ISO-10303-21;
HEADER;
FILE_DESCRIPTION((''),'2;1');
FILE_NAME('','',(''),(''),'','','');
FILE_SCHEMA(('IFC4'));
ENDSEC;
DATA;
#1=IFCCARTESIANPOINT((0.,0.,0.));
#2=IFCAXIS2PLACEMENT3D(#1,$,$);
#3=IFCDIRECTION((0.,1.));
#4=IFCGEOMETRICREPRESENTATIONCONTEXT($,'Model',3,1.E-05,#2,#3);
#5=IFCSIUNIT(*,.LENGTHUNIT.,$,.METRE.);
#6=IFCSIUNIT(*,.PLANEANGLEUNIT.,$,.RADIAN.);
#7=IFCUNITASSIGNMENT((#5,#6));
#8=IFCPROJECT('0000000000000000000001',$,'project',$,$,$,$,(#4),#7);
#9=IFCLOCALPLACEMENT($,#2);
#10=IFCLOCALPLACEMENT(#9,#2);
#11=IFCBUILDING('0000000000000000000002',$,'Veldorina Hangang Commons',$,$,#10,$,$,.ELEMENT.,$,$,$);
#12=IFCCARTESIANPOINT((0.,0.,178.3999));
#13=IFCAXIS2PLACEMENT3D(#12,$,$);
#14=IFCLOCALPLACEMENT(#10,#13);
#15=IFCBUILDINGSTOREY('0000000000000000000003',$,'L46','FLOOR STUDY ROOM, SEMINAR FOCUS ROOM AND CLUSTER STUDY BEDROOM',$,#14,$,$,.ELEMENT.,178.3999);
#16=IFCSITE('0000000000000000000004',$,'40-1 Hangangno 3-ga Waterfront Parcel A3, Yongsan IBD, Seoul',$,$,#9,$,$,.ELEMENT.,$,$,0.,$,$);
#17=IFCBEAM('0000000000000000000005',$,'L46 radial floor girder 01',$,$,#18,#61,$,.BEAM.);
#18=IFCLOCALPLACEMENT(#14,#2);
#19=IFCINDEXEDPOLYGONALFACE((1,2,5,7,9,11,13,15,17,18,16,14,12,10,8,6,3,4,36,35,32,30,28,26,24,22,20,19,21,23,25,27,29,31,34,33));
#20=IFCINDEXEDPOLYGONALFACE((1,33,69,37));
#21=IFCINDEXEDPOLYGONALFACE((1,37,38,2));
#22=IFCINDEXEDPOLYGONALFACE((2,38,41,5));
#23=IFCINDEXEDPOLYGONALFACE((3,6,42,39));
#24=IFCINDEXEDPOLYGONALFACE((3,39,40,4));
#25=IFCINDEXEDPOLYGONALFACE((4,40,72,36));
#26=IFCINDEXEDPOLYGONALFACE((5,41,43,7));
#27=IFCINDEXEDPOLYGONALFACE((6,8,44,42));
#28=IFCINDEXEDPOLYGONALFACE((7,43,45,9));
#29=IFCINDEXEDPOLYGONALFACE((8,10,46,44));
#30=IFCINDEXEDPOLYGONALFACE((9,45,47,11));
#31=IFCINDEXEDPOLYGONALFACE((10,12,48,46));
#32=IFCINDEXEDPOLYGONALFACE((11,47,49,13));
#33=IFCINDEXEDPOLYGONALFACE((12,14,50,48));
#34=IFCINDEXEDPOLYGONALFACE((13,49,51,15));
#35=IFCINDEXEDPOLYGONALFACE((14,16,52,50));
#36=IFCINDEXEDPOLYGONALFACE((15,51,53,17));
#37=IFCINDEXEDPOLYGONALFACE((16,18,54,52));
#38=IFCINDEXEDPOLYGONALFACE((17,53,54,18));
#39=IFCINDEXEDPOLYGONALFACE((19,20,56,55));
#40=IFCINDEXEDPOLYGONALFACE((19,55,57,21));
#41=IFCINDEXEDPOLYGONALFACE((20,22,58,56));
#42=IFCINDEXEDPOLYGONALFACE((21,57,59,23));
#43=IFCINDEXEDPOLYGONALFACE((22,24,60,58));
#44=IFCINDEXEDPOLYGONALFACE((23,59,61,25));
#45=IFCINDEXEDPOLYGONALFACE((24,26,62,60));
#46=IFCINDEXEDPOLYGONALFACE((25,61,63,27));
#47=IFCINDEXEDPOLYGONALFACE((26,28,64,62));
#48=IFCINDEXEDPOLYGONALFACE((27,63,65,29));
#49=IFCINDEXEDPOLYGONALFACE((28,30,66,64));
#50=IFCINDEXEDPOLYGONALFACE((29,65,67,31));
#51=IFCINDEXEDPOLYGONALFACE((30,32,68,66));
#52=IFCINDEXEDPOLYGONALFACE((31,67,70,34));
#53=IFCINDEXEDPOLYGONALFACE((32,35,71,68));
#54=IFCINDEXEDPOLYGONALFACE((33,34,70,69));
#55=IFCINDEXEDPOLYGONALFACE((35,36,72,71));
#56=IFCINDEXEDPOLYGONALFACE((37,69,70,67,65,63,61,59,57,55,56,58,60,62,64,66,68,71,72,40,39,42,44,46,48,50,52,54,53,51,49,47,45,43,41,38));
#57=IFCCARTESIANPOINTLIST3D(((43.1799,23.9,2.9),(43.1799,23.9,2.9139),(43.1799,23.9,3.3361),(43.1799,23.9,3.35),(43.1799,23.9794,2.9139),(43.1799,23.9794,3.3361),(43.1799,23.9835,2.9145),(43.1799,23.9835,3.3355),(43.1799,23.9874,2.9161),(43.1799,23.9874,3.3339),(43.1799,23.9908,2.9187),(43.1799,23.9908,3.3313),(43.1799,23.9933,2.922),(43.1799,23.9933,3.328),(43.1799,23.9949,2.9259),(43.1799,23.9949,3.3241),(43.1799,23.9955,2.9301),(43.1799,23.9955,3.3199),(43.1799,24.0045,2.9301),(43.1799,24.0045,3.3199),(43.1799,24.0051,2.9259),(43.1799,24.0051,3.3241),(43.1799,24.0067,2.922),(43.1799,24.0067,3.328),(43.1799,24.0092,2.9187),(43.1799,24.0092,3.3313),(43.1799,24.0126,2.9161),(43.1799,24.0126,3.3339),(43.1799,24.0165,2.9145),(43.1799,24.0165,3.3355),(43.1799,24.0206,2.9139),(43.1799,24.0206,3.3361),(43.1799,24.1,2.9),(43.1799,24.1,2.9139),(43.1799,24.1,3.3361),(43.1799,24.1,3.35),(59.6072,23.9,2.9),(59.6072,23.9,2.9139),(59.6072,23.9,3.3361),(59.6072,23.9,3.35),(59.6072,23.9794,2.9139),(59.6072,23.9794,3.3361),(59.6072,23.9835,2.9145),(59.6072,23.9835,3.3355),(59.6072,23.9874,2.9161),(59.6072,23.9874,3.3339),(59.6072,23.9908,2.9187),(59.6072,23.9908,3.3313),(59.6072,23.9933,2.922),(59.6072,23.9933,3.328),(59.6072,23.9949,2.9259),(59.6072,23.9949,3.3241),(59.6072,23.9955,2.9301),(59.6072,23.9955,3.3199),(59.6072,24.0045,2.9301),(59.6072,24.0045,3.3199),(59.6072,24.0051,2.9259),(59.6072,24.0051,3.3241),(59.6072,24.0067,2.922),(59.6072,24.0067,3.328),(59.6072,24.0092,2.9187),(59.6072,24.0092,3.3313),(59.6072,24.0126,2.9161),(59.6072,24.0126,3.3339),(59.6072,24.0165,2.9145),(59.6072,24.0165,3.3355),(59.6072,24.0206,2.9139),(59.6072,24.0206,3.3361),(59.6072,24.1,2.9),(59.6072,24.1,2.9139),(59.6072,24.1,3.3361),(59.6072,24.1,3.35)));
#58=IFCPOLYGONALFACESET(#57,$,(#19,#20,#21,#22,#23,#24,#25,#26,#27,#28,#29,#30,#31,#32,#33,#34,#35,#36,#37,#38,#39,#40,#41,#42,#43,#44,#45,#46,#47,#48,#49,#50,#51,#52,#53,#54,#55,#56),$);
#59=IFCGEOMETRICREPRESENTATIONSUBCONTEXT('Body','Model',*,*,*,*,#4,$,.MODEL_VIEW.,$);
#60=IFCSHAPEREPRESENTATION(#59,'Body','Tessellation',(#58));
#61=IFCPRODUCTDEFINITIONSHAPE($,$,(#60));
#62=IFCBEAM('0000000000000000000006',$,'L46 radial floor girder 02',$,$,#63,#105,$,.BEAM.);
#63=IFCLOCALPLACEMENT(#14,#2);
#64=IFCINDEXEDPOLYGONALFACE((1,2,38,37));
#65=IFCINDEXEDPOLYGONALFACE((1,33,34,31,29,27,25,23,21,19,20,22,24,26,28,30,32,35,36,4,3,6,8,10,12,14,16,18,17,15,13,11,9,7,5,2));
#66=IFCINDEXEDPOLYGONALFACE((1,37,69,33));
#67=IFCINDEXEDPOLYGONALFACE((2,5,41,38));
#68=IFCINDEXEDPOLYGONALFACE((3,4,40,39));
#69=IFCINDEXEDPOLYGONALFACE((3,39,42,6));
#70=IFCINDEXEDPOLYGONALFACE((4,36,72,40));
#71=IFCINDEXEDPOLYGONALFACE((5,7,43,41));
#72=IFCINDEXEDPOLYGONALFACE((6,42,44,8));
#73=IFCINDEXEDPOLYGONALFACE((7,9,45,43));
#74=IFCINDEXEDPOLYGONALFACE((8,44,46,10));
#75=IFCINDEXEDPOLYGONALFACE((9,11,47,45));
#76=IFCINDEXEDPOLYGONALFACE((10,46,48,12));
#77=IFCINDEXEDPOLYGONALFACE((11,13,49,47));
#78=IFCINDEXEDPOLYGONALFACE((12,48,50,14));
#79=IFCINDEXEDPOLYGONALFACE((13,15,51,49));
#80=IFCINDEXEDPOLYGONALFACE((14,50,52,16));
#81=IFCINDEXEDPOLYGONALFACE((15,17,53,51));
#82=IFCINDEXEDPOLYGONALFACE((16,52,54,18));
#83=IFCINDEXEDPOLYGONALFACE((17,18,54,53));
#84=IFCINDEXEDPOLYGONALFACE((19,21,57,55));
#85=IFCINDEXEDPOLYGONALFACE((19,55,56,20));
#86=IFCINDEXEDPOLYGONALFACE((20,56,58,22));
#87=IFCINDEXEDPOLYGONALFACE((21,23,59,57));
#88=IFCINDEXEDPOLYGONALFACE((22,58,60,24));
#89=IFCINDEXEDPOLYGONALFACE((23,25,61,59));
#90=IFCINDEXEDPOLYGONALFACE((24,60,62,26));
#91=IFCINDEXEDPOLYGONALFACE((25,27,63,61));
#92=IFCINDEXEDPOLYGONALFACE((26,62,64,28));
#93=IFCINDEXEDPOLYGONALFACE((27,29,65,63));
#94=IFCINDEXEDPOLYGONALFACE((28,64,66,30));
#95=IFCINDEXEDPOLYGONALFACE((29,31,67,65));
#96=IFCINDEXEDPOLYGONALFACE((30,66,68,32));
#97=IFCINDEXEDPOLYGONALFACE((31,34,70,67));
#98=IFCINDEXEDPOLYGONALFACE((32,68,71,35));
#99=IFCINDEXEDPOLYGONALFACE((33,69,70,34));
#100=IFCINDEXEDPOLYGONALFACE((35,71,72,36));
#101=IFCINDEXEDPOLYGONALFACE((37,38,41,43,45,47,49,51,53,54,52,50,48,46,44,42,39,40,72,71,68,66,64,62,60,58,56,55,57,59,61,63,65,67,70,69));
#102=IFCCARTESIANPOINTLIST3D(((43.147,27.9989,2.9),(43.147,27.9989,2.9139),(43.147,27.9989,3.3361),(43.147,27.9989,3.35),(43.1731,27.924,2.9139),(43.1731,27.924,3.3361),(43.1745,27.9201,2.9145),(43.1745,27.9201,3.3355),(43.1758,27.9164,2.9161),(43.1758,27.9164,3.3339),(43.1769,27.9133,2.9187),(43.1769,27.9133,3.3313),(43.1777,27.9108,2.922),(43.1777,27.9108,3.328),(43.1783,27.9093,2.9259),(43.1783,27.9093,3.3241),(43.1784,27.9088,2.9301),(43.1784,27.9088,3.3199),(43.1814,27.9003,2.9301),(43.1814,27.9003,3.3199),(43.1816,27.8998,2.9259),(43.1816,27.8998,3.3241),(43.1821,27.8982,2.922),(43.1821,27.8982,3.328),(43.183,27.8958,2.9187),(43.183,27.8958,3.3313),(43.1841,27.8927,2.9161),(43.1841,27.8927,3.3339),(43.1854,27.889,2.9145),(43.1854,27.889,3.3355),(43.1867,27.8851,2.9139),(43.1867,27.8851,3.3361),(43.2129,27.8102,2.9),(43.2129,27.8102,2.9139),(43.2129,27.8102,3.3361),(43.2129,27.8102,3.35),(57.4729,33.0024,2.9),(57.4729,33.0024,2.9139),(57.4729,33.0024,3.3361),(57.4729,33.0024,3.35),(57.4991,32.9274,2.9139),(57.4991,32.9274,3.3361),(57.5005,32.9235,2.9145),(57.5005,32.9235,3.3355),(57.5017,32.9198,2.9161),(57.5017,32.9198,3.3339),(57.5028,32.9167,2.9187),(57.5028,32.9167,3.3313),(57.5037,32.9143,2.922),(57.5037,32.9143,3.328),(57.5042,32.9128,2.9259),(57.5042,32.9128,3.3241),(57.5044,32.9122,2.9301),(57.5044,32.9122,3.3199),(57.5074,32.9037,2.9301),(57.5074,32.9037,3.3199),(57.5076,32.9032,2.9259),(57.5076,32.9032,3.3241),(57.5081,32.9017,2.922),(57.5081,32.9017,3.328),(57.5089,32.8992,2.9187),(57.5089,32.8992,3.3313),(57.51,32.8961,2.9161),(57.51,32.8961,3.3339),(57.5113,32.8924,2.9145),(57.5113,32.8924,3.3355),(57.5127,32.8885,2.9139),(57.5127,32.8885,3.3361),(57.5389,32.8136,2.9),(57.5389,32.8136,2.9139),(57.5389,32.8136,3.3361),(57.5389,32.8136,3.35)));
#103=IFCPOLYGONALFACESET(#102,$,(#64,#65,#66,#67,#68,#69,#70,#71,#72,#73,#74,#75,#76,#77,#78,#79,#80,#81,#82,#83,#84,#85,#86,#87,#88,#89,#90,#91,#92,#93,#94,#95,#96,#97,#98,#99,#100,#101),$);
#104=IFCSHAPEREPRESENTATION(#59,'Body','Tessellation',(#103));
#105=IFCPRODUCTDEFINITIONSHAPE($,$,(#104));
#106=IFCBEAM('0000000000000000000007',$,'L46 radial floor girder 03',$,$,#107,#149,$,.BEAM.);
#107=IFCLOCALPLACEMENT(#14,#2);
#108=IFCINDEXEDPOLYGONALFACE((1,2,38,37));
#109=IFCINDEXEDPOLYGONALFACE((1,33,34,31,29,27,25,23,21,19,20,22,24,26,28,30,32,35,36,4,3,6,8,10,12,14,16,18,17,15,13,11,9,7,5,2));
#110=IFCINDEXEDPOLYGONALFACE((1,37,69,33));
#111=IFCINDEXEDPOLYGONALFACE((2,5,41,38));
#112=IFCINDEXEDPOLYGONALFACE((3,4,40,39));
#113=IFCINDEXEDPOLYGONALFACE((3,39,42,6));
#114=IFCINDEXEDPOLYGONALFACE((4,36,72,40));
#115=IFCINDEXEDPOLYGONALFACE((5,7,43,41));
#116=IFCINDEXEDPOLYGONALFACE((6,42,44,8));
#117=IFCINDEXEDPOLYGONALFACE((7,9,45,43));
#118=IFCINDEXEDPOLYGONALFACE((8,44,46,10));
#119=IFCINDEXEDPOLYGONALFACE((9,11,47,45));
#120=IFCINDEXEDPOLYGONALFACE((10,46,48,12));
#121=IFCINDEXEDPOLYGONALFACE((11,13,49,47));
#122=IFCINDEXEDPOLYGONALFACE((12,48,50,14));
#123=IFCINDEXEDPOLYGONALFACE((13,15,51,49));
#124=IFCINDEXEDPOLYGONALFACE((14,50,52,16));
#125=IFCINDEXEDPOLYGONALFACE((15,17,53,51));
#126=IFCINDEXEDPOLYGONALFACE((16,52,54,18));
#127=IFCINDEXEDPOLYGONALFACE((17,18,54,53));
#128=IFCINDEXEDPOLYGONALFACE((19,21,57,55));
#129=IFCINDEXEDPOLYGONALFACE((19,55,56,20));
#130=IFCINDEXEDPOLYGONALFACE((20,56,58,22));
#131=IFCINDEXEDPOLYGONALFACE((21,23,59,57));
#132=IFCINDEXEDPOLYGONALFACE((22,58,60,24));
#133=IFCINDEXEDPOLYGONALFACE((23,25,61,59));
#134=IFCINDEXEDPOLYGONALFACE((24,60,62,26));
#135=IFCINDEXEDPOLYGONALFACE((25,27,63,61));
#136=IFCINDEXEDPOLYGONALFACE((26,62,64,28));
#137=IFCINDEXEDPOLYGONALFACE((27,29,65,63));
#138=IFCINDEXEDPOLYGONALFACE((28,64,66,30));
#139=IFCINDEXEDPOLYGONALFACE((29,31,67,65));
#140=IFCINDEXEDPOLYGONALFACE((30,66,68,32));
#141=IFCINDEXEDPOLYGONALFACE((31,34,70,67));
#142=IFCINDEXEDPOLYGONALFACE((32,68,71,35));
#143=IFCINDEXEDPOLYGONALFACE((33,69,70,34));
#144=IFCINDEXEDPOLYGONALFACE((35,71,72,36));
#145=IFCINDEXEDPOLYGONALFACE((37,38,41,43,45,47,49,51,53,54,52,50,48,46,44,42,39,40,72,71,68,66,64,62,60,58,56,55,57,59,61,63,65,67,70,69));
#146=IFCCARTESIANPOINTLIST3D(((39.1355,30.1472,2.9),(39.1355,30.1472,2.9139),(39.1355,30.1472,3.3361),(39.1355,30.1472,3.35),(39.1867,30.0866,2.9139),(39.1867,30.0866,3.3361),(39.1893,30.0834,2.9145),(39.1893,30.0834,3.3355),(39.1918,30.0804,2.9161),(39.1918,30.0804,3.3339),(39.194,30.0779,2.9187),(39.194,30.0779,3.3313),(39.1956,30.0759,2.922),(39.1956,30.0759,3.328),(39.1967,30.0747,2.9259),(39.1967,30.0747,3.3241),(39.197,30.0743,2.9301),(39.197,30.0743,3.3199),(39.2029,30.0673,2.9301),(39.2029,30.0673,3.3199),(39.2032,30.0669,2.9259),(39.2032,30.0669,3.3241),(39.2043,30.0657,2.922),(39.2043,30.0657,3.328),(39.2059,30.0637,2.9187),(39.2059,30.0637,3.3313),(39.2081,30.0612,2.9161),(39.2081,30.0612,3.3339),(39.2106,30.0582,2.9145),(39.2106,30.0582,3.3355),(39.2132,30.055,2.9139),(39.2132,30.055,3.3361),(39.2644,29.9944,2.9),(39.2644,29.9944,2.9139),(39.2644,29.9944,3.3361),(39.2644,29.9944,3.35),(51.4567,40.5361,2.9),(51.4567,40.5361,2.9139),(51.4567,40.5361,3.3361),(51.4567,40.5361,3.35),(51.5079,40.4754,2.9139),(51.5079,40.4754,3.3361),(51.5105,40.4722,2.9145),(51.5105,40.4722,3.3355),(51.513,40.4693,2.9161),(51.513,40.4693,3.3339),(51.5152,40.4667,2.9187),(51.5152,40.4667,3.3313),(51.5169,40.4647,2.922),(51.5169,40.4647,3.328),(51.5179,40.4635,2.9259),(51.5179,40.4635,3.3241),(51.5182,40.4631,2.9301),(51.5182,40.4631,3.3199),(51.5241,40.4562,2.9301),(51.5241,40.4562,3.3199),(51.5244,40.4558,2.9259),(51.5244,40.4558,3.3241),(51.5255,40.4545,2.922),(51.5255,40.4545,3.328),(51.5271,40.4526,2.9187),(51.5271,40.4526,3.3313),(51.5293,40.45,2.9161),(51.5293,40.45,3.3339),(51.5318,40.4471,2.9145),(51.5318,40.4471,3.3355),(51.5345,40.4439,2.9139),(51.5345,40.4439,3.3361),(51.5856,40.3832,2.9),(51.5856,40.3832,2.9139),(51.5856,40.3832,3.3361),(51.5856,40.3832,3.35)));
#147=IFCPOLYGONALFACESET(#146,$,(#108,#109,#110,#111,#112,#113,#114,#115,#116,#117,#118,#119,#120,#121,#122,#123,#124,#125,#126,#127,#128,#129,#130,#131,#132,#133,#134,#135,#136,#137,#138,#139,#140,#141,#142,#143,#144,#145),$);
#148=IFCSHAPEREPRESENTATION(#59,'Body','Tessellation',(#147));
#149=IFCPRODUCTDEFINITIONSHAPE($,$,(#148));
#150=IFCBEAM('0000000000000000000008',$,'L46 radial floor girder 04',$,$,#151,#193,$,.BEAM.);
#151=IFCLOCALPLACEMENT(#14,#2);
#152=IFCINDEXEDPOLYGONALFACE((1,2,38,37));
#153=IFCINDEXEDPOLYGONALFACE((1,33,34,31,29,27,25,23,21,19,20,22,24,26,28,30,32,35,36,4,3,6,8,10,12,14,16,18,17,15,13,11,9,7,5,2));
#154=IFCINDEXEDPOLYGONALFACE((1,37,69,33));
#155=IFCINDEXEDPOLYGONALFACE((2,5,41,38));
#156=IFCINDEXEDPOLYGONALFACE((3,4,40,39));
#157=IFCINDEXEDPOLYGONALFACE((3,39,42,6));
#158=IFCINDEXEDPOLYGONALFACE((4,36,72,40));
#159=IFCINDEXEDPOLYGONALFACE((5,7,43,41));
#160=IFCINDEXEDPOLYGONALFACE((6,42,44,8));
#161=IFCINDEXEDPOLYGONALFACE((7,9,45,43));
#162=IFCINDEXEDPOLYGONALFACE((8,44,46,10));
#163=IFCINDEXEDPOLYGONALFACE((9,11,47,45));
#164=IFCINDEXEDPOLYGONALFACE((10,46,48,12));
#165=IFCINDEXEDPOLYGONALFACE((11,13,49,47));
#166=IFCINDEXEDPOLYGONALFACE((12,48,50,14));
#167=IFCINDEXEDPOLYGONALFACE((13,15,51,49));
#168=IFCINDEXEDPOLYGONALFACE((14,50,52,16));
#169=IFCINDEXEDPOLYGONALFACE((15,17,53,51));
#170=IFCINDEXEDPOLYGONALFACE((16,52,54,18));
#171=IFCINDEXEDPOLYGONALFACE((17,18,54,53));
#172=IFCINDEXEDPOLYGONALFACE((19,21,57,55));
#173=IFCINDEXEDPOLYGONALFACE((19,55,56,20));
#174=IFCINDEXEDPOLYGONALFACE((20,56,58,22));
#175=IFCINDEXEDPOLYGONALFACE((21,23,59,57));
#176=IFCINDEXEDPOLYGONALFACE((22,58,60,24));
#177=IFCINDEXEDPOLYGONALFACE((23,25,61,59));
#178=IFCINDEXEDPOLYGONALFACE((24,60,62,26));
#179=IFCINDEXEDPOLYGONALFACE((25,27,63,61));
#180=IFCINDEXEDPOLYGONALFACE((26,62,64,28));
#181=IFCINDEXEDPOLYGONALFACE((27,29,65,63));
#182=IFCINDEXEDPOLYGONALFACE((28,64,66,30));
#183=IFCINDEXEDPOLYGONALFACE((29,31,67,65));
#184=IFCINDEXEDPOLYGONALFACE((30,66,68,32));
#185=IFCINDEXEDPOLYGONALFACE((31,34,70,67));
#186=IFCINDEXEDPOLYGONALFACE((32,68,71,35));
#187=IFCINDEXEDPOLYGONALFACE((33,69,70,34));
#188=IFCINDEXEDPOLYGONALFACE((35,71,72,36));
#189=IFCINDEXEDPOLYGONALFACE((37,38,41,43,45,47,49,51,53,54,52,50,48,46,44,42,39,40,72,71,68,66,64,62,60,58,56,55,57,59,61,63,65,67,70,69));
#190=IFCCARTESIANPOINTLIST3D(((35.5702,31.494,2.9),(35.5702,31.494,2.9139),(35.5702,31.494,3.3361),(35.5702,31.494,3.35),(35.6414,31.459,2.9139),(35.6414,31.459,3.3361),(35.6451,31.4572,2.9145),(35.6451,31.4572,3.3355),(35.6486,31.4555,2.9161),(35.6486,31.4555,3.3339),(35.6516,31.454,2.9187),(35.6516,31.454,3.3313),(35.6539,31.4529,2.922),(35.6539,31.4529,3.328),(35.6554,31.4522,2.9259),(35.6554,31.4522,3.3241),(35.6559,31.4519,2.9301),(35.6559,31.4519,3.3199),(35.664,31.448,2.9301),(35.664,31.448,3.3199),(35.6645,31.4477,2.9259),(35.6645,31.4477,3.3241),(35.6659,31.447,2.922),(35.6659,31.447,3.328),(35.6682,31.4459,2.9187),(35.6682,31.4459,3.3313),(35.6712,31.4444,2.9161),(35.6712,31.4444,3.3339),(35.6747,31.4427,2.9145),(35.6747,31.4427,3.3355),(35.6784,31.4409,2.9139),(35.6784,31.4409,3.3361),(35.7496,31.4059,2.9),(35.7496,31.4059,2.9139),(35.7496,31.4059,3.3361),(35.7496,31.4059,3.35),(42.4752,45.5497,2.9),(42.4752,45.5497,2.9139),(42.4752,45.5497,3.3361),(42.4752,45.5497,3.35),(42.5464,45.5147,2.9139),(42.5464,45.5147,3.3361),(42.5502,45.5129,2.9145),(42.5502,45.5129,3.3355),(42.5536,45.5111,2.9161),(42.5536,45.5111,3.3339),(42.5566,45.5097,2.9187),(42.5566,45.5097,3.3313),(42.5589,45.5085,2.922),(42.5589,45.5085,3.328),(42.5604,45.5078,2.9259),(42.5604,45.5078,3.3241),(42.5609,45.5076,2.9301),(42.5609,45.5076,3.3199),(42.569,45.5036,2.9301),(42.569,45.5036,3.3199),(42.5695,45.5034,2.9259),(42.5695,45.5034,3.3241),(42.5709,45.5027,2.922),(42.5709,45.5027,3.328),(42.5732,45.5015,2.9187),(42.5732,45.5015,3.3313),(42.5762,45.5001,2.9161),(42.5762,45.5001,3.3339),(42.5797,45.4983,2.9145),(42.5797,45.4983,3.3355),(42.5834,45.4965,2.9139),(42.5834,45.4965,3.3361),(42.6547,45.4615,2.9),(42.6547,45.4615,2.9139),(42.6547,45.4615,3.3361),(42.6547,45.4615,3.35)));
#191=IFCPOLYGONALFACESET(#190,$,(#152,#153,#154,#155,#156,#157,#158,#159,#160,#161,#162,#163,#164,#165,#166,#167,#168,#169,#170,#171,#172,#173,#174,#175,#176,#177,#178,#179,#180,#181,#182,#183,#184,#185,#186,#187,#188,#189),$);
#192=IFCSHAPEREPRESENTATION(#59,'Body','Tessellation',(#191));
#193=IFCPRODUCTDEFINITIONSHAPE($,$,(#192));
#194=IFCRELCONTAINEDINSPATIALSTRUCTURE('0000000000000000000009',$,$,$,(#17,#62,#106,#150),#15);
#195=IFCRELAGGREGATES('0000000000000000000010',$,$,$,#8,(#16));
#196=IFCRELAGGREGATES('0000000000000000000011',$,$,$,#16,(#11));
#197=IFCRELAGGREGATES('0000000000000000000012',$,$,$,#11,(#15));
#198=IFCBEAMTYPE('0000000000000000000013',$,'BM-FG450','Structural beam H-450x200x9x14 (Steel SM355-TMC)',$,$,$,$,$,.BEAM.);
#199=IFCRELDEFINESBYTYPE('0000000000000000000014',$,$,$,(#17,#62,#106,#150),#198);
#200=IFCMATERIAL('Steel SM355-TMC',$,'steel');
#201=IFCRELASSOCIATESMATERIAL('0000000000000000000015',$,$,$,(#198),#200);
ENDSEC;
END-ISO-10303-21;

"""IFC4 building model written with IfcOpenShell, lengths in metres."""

from ifc_helpers import new_model, si_unit, direction, frame, origin, origin_2d, place, context, subcontext, project, spatial, i_section, extrude, material, material_profile, profile_set, type_object, element, save


model = new_model("IFC4")

# Units and contexts
model_context = context("Model", 3, precision=1e-05, world=origin(), true_north=direction((0.0, 1.0)))
body_context = subcontext(model_context, "Body", "Model", "MODEL_VIEW")
ifc_project = project(units=[si_unit("LENGTHUNIT", "METRE"), si_unit("PLANEANGLEUNIT", "RADIAN")], contexts=[model_context])

# Site, building, storey
site_placement = place(None, origin())
site = spatial("IfcSite", under=ifc_project, at=site_placement, Name="40-1 Hangangno 3-ga Waterfront Parcel A3, Yongsan IBD, Seoul", CompositionType="ELEMENT", RefElevation=0.0)
building_placement = place(site_placement, origin())
building = spatial("IfcBuilding", under=site, at=building_placement, Name="Veldorina Hangang Commons", CompositionType="ELEMENT")
storey_placement = place(building_placement, frame((0.0, 0.0, 178.3999)))
storey = spatial("IfcBuildingStorey", under=building, at=storey_placement, Name="L46", Description="FLOOR STUDY ROOM, SEMINAR FOCUS ROOM AND CLUSTER STUDY BEDROOM", CompositionType="ELEMENT", Elevation=178.3999)

# Beams
ifc_material_1 = material(Name="Steel SM355-TMC", Category="steel")
ifc_material_profile = material_profile(ifc_material_1, i_section(OverallWidth=0.2, OverallDepth=0.45, WebThickness=0.009, FlangeThickness=0.0139, FilletRadius=0.0161, at=origin_2d()), Name="H-450x200x9x14")
ifc_profile_set = profile_set([ifc_material_profile], Name="Steel SM355-TMC")
beam_type = type_object("IfcBeamType", Name="BM-FG450", Description="Structural beam H-450x200x9x14 (Steel SM355-TMC)", PredefinedType="BEAM", material=ifc_profile_set)
beam_1_placement = place(storey_placement, frame((43.1799, 24.0, 3.125), z_axis=(1.0, 0.0, 0.0), x_axis=(0.0, 1.0, 0.0)))
element("IfcBeam", 1, at=beam_1_placement, inside=storey, type_object=beam_type, Name="L46 radial floor girder 01", PredefinedType="BEAM", context=body_context, shape_type="SweptSolid", body=[
    extrude(i_section(OverallWidth=0.2, OverallDepth=0.45, WebThickness=0.009, FlangeThickness=0.0139, FilletRadius=0.0161, at=origin_2d()), origin(), (0.0, 0.0, 1.0), 16.4272),
])
beam_2_placement = place(storey_placement, frame((43.1799, 27.9045, 3.125), z_axis=(0.944077, 0.329725, 0.0), x_axis=(-0.329725, 0.944077, 0.0)))
element("IfcBeam", 2, at=beam_2_placement, inside=storey, type_object=beam_type, Name="L46 radial floor girder 02", PredefinedType="BEAM", context=body_context, shape_type="SweptSolid", body=[
    extrude(i_section(OverallWidth=0.2, OverallDepth=0.45, WebThickness=0.009, FlangeThickness=0.0139, FilletRadius=0.0161, at=origin_2d()), origin(), (0.0, 0.0, 1.0), 15.1746),
])
beam_3_placement = place(storey_placement, frame((39.2, 30.0708, 3.125), z_axis=(0.764511, 0.644611, 0.0), x_axis=(-0.644611, 0.764511, 0.0)))
element("IfcBeam", 3, at=beam_3_placement, inside=storey, type_object=beam_type, Name="L46 radial floor girder 03", PredefinedType="BEAM", context=body_context, shape_type="SweptSolid", body=[
    extrude(i_section(OverallWidth=0.2, OverallDepth=0.45, WebThickness=0.009, FlangeThickness=0.0139, FilletRadius=0.0161, at=origin_2d()), origin(), (0.0, 0.0, 1.0), 16.1165),
])
beam_4_placement = place(storey_placement, frame((35.6599, 31.45, 3.125), z_axis=(0.440929, 0.897542, 0.0), x_axis=(-0.897542, 0.440929, 0.0)))
element("IfcBeam", 4, at=beam_4_placement, inside=storey, type_object=beam_type, Name="L46 radial floor girder 04", PredefinedType="BEAM", context=body_context, shape_type="SweptSolid", body=[
    extrude(i_section(OverallWidth=0.2, OverallDepth=0.45, WebThickness=0.009, FlangeThickness=0.0139, FilletRadius=0.0161, at=origin_2d()), origin(), (0.0, 0.0, 1.0), 15.6602),
])

save(model, "model.ifc")
